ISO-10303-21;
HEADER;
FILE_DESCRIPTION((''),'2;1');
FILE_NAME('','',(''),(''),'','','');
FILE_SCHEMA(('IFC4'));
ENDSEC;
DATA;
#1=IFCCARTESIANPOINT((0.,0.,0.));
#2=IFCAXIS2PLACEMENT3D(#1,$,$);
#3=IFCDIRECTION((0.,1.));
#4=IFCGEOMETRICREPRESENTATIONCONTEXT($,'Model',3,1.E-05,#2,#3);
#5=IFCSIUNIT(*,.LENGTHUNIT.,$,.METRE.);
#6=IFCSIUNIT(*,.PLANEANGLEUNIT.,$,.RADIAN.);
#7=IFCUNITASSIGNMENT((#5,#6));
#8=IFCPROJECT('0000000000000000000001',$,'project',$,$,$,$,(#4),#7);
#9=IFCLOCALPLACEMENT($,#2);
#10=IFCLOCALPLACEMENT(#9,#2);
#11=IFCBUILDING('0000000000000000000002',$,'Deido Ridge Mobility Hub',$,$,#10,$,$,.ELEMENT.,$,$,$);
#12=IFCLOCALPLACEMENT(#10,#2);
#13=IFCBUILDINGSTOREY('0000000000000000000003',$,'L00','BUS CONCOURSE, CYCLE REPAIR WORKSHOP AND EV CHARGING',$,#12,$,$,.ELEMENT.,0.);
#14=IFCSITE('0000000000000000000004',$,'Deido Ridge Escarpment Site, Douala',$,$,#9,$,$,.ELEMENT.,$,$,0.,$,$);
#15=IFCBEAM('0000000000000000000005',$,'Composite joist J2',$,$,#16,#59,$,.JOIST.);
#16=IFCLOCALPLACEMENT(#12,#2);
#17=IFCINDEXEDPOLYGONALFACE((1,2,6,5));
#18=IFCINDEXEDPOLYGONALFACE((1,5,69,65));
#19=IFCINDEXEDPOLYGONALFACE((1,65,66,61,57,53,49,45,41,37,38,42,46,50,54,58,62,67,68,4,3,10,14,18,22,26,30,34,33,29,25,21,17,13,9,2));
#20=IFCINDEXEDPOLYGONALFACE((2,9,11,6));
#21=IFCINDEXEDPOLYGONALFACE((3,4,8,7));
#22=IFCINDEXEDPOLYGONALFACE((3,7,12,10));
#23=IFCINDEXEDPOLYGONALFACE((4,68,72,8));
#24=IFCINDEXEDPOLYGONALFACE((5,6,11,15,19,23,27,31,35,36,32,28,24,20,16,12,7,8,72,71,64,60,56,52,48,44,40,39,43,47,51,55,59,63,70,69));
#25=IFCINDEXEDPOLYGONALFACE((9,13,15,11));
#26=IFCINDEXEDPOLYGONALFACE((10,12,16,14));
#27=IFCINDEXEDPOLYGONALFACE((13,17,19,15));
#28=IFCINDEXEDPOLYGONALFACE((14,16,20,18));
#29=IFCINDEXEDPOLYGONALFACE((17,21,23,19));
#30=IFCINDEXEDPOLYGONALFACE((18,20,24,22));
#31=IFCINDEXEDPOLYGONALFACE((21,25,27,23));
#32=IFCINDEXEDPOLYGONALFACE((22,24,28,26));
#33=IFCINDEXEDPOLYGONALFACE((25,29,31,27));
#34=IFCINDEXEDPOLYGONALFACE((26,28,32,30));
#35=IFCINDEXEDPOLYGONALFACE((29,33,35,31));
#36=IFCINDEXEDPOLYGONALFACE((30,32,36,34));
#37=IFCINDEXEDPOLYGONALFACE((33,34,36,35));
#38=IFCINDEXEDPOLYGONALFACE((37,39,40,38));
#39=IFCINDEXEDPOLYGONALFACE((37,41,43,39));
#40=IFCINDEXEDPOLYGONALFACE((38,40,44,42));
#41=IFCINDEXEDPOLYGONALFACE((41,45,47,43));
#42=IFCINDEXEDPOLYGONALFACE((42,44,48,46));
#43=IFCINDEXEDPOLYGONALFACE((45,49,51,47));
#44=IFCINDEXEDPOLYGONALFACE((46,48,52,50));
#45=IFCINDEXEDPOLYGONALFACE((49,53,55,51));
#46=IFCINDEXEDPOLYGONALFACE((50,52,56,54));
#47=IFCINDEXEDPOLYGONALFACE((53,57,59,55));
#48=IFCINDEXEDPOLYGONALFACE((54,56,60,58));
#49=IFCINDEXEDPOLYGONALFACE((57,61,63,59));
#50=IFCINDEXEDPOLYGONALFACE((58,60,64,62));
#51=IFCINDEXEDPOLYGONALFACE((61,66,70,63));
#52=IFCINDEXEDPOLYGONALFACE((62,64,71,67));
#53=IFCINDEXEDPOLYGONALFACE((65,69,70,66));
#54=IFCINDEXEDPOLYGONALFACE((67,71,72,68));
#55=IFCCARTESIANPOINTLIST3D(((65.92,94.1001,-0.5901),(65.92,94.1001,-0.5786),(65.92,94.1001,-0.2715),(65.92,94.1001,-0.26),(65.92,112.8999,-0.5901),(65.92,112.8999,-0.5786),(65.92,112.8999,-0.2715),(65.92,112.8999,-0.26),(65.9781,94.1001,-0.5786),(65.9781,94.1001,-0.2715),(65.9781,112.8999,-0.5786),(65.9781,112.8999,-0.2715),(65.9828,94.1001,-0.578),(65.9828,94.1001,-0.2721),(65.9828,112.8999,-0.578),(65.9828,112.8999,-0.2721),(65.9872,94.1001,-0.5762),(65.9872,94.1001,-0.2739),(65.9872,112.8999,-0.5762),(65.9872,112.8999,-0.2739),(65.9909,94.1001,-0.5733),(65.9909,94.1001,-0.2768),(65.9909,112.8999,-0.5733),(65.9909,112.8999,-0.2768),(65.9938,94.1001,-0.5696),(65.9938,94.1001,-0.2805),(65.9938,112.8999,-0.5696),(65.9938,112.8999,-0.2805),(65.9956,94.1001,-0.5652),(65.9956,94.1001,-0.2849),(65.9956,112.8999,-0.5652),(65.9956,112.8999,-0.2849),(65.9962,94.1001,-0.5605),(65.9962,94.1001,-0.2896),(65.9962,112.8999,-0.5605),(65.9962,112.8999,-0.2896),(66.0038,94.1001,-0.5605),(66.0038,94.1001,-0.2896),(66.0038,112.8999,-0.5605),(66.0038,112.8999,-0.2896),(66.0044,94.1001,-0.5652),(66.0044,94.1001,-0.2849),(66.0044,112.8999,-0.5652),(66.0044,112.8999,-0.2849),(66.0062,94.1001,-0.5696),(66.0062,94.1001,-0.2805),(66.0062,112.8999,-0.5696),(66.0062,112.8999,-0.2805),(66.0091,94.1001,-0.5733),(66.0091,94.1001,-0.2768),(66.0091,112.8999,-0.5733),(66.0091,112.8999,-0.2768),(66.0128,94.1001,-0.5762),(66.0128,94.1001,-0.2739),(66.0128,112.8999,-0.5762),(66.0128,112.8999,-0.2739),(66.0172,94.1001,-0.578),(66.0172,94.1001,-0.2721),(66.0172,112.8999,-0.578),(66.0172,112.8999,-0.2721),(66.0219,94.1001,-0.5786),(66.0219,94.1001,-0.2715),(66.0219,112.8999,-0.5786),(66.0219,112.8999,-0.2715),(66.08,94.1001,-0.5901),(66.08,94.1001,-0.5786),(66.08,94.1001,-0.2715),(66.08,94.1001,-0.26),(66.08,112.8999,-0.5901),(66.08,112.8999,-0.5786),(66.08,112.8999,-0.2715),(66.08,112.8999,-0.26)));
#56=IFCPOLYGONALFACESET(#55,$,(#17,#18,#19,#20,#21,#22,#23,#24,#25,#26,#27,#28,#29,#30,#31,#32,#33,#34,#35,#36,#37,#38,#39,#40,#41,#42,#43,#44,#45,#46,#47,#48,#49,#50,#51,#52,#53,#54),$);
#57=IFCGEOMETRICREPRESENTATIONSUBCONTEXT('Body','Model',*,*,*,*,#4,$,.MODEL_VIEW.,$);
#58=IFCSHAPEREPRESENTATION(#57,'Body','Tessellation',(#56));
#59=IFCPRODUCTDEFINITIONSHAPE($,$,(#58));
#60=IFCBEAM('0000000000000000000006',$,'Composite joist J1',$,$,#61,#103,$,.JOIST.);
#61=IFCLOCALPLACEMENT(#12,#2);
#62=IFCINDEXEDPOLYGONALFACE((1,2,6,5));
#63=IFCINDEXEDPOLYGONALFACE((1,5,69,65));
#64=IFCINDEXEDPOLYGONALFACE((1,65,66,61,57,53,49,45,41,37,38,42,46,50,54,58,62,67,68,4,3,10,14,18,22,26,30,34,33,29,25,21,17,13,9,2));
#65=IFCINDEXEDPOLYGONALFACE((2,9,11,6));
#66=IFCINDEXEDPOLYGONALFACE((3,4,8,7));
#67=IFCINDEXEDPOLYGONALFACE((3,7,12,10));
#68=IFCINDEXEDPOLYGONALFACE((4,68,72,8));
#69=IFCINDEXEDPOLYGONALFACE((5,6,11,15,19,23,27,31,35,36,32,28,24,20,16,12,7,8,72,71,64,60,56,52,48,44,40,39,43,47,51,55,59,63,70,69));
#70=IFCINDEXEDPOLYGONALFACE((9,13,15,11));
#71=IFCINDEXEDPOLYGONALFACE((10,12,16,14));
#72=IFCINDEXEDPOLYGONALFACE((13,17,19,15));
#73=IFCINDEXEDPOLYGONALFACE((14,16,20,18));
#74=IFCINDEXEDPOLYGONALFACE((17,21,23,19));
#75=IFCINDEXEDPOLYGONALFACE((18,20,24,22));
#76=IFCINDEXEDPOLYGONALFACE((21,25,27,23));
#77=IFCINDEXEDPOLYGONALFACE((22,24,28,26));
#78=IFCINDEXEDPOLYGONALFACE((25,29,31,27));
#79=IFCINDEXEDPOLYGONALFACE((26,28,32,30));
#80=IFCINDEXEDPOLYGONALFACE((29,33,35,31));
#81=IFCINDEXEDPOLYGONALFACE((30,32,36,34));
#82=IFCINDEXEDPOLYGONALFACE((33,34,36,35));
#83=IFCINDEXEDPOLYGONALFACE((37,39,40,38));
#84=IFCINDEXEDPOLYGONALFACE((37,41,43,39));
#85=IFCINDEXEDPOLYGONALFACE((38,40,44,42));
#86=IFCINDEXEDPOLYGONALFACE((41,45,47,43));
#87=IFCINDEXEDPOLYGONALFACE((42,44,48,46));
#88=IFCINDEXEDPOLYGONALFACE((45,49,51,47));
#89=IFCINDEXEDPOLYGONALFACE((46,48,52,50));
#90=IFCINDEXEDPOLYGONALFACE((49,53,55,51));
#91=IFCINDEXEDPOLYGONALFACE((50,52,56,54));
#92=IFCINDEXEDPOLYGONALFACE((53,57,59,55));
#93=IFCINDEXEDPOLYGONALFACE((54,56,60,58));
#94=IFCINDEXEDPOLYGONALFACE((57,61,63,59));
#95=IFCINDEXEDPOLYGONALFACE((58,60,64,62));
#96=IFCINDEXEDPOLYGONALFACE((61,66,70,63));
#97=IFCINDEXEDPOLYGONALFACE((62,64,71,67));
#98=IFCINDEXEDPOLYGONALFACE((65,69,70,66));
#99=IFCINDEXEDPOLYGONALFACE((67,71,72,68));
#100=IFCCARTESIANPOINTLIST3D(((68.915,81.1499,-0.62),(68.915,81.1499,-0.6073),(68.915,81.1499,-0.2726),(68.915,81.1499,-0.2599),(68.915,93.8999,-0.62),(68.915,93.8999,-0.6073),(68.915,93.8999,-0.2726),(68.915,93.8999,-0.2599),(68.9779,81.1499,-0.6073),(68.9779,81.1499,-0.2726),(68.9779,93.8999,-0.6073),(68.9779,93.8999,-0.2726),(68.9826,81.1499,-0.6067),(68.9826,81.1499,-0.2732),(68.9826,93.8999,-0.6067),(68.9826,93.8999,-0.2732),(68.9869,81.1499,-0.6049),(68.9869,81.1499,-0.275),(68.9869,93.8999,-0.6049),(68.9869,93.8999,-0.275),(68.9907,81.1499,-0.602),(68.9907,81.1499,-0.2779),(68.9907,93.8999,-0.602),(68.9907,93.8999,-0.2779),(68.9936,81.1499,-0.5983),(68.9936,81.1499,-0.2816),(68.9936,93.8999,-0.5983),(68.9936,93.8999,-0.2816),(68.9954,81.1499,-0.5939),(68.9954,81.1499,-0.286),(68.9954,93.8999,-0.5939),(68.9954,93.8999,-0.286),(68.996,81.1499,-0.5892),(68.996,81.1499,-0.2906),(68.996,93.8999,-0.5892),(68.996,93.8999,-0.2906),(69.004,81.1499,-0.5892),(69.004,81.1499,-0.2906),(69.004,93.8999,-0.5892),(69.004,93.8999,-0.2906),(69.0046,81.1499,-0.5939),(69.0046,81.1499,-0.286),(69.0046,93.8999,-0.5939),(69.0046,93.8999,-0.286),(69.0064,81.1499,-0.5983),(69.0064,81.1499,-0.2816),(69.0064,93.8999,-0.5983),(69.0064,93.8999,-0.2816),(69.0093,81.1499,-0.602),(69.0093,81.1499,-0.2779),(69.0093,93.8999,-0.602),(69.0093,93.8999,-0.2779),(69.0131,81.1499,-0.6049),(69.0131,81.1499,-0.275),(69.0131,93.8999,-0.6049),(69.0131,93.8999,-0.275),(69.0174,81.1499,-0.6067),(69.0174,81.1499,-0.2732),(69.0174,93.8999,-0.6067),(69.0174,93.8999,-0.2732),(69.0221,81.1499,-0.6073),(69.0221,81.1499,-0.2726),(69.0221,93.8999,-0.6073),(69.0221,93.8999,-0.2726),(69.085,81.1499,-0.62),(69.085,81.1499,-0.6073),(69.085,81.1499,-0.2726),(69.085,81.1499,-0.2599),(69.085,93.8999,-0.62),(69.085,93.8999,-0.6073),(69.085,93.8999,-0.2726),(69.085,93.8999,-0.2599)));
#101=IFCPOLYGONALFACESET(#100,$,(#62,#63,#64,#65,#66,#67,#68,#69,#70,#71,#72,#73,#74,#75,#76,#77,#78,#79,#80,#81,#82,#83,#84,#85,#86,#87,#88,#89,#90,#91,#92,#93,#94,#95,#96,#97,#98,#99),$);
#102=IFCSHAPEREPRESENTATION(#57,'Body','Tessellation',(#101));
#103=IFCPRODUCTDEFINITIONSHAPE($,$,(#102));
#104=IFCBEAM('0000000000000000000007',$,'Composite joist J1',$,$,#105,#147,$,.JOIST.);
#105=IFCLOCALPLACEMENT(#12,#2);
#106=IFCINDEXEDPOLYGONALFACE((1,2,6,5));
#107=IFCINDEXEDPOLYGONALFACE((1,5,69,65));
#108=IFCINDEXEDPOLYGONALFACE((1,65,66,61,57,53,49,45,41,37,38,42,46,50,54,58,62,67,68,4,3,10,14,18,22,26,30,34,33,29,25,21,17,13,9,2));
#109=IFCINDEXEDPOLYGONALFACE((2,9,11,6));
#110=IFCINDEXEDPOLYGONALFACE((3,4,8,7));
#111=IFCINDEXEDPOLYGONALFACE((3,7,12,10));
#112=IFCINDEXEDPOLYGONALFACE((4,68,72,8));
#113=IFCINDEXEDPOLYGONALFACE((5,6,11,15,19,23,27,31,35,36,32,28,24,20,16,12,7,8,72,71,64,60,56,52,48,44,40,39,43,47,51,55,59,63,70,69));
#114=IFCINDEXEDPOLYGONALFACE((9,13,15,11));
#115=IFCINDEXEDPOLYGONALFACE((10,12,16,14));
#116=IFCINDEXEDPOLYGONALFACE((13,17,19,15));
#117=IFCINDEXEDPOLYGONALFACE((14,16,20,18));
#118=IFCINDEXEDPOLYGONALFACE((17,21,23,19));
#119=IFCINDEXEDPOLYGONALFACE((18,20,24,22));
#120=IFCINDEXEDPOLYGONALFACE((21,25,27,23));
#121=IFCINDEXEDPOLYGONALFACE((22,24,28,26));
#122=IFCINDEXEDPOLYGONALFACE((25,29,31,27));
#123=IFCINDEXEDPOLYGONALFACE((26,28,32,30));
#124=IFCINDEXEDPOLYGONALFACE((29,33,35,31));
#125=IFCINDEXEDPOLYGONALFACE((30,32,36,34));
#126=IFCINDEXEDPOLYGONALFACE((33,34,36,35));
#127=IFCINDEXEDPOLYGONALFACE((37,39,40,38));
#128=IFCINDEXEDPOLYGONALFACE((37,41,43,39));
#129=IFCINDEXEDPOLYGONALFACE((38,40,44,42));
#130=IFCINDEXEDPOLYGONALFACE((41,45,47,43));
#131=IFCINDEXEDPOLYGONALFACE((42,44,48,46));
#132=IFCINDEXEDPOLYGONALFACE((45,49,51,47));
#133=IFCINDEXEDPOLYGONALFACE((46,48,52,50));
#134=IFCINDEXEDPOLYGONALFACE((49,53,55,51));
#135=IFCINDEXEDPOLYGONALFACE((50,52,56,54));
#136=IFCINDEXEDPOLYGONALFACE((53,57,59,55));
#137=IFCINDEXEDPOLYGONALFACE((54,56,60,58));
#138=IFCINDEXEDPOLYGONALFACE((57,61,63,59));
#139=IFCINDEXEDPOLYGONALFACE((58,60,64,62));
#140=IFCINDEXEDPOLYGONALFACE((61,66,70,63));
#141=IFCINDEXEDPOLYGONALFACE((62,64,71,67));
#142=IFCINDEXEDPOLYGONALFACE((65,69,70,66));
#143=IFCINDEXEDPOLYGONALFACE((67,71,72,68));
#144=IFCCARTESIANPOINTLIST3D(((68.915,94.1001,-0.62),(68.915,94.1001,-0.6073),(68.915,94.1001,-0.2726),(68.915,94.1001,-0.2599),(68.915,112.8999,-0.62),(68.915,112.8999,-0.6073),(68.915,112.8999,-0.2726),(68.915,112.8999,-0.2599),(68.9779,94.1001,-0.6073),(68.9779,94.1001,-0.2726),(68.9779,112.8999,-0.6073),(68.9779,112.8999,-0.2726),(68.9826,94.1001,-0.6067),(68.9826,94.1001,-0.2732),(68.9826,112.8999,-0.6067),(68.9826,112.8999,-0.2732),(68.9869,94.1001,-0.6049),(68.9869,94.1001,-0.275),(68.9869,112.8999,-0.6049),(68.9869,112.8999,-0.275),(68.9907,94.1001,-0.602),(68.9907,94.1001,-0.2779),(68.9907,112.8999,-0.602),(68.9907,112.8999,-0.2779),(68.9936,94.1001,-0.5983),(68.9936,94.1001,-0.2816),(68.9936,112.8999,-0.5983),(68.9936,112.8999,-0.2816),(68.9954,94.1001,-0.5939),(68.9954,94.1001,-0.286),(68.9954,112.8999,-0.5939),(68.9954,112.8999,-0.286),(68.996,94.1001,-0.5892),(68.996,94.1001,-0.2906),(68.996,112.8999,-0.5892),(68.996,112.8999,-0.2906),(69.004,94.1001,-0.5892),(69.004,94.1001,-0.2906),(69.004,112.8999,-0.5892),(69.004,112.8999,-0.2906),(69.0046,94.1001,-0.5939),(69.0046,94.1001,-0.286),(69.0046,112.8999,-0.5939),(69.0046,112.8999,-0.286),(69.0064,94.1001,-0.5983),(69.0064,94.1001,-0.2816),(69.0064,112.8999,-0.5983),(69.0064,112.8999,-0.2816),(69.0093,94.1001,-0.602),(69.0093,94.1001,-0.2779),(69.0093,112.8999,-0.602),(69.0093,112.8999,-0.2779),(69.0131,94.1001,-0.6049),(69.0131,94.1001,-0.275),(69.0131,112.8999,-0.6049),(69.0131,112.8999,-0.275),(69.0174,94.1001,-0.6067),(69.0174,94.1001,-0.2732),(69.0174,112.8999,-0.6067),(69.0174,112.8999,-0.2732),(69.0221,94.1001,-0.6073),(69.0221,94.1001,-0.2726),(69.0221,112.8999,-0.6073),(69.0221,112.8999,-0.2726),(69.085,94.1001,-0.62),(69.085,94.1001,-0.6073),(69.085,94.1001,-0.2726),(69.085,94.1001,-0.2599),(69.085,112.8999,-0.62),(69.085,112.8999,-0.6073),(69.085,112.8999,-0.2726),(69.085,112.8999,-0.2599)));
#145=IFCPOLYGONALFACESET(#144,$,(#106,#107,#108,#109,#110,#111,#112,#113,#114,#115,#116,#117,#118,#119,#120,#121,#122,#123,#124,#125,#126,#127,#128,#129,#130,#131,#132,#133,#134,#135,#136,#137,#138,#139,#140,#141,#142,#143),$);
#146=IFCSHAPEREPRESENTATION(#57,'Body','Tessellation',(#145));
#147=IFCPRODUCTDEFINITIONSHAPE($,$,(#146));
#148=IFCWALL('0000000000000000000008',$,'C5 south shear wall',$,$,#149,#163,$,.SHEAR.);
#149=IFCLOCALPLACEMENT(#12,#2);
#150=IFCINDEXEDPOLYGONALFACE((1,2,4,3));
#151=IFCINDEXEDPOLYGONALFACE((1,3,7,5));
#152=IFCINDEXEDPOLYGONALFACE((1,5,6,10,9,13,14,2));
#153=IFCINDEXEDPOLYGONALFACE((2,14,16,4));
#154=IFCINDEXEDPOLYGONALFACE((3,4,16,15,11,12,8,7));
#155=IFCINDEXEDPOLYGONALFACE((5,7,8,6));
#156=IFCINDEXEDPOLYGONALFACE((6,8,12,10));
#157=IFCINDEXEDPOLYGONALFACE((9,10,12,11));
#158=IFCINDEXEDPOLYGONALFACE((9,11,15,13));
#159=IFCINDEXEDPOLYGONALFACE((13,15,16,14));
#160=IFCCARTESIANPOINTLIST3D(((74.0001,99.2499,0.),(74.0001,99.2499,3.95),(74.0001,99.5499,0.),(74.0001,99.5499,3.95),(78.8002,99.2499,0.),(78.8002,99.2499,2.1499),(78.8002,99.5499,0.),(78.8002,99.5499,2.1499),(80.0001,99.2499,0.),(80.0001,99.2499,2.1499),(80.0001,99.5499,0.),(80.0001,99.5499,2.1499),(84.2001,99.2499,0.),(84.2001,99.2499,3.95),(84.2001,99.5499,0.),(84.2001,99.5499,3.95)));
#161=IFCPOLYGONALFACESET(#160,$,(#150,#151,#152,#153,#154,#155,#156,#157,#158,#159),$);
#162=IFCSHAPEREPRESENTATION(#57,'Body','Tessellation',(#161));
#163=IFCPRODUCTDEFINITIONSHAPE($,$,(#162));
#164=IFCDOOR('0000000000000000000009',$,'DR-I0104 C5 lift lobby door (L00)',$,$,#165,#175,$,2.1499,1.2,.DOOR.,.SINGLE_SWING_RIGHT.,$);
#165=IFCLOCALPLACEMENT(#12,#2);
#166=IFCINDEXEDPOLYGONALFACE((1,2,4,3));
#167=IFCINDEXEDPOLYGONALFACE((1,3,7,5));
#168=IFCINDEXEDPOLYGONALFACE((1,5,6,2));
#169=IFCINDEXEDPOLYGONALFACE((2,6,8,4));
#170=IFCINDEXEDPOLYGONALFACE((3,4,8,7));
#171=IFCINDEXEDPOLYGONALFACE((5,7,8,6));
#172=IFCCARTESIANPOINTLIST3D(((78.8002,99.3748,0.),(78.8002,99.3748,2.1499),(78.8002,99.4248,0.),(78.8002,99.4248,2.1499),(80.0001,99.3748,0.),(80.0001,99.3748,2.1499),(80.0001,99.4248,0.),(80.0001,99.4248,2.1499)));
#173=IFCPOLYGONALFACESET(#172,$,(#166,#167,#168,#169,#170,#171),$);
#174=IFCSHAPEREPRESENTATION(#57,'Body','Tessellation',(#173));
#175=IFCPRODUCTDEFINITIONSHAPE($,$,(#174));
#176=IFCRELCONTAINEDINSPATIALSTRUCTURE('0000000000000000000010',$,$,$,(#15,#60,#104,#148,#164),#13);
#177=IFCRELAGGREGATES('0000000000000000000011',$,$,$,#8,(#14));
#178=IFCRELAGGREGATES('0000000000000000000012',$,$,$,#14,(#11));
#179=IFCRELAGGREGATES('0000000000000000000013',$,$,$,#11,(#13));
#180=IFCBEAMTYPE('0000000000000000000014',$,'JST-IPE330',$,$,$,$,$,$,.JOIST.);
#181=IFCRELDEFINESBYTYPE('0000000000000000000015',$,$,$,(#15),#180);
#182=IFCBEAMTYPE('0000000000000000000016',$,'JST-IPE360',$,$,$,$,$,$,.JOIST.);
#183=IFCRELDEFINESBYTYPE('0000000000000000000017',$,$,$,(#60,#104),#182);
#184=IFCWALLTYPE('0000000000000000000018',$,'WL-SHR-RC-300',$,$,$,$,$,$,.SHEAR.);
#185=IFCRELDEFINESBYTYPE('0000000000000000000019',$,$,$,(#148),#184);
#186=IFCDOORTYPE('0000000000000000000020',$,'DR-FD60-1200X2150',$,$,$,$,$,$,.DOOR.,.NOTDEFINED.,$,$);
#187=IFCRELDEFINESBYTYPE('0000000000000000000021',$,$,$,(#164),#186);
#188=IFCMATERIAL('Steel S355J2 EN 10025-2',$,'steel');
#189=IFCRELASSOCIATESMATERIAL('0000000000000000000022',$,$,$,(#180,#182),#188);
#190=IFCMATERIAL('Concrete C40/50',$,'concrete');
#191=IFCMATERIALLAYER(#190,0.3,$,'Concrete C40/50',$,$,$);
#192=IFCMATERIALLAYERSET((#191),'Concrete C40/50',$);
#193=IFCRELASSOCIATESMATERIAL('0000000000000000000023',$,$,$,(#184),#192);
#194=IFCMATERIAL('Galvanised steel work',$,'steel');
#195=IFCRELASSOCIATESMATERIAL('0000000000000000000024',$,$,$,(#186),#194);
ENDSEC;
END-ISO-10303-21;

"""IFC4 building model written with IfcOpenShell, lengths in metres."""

from ifc_helpers import new_model, si_unit, direction, frame, frame_2d, origin, origin_2d, place, context, subcontext, project, spatial, rectangle, i_section, extrude, material, layer, layer_set, material_profile, profile_set, type_object, element, fill, save


model = new_model("IFC4")

# Units and contexts
model_context = context("Model", 3, precision=1e-05, world=origin(), true_north=direction((0.0, 1.0)))
body_context = subcontext(model_context, "Body", "Model", "MODEL_VIEW")
ifc_project = project(units=[si_unit("LENGTHUNIT", "METRE"), si_unit("PLANEANGLEUNIT", "RADIAN")], contexts=[model_context])

# Site, building, storey
site_placement = place(None, origin())
site = spatial("IfcSite", under=ifc_project, at=site_placement, Name="Deido Ridge Escarpment Site, Douala", CompositionType="ELEMENT", RefElevation=0.0)
building_placement = place(site_placement, origin())
building = spatial("IfcBuilding", under=site, at=building_placement, Name="Deido Ridge Mobility Hub", CompositionType="ELEMENT")
storey_placement = place(building_placement, origin())
storey = spatial("IfcBuildingStorey", under=building, at=storey_placement, Name="L00", Description="BUS CONCOURSE, CYCLE REPAIR WORKSHOP AND EV CHARGING", CompositionType="ELEMENT", Elevation=0.0)

# Shared definitions
ifc_material_1 = material(Name="Steel S355J2 EN 10025-2", Category="steel")

# Beams
ifc_material_profile_1 = material_profile(ifc_material_1, i_section(OverallWidth=0.1599, OverallDepth=0.3301, WebThickness=0.0076, FlangeThickness=0.0115, FilletRadius=0.0181, at=origin_2d()), Name="IPE 330")
ifc_profile_set_1 = profile_set([ifc_material_profile_1], Name="Steel S355J2 EN 10025-2")
beam_type_1 = type_object("IfcBeamType", Name="JST-IPE330", PredefinedType="JOIST", material=ifc_profile_set_1)
beam_1_placement = place(storey_placement, frame((66.0, 94.1001, -0.425), z_axis=(0.0, 1.0, 0.0), x_axis=(-1.0, 0.0, 0.0)))
element("IfcBeam", 1, at=beam_1_placement, inside=storey, type_object=beam_type_1, Name="Composite joist J2", PredefinedType="JOIST", context=body_context, shape_type="SweptSolid", body=[
    extrude(i_section(OverallWidth=0.1599, OverallDepth=0.3301, WebThickness=0.0076, FlangeThickness=0.0115, FilletRadius=0.0181, at=origin_2d()), origin(), (0.0, 0.0, 1.0), 18.7998),
])
ifc_material_profile_2 = material_profile(ifc_material_1, i_section(OverallWidth=0.1699, OverallDepth=0.3601, WebThickness=0.0081, FlangeThickness=0.0127, FilletRadius=0.0181, at=origin_2d()), Name="IPE 360")
ifc_profile_set_2 = profile_set([ifc_material_profile_2], Name="Steel S355J2 EN 10025-2")
beam_type_2 = type_object("IfcBeamType", Name="JST-IPE360", PredefinedType="JOIST", material=ifc_profile_set_2)
beam_2_placement = place(storey_placement, frame((69.0, 81.1499, -0.4399), z_axis=(0.0, 1.0, 0.0), x_axis=(-1.0, 0.0, 0.0)))
element("IfcBeam", 2, at=beam_2_placement, inside=storey, type_object=beam_type_2, Name="Composite joist J1", PredefinedType="JOIST", context=body_context, shape_type="SweptSolid", body=[
    extrude(i_section(OverallWidth=0.1699, OverallDepth=0.3601, WebThickness=0.0081, FlangeThickness=0.0127, FilletRadius=0.0181, at=origin_2d()), origin(), (0.0, 0.0, 1.0), 12.75),
])
beam_3_placement = place(storey_placement, frame((69.0, 94.1001, -0.4399), z_axis=(0.0, 1.0, 0.0), x_axis=(-1.0, 0.0, 0.0)))
element("IfcBeam", 3, at=beam_3_placement, inside=storey, type_object=beam_type_2, Name="Composite joist J1", PredefinedType="JOIST", context=body_context, shape_type="SweptSolid", body=[
    extrude(i_section(OverallWidth=0.1699, OverallDepth=0.3601, WebThickness=0.0081, FlangeThickness=0.0127, FilletRadius=0.0181, at=origin_2d()), origin(), (0.0, 0.0, 1.0), 18.7998),
])

# Wall, opening, door
ifc_material_2 = material(Name="Concrete C40/50", Category="concrete")
ifc_layer = layer(ifc_material_2, 0.3, Name="Concrete C40/50")
ifc_layer_set = layer_set([ifc_layer], Name="Concrete C40/50")
wall_type = type_object("IfcWallType", Name="WL-SHR-RC-300", PredefinedType="SHEAR", material=ifc_layer_set)
wall_placement = place(storey_placement, frame((74.0, 99.3999, 0.0), z_axis=(0.0, 0.0, 1.0), x_axis=(1.0, 0.0, 0.0)))
wall = element("IfcWall", 4, at=wall_placement, inside=storey, type_object=wall_type, Name="C5 south shear wall", PredefinedType="SHEAR", context=body_context, shape_type="SweptSolid", body=[
    extrude(rectangle(XDim=10.2, YDim=0.3, at=frame_2d((5.1001, 0.0))), origin(), (0.0, 0.0, 1.0), 3.95),
])
opening_placement = place(wall_placement, frame((4.8, 0.0, 0.0)))
opening = element("IfcOpeningElement", 5, at=opening_placement, cuts=wall, PredefinedType="OPENING", context=body_context, shape_type="SweptSolid", body=[
    extrude(rectangle(XDim=1.2, YDim=2.1499, at=frame_2d((0.6001, 1.075))), frame((0.0, 0.1602, 0.0), z_axis=(0.0, -1.0, 0.0), x_axis=(1.0, 0.0, 0.0)), (0.0, 0.0, 1.0), 0.3201),
])
ifc_material_3 = material(Name="Galvanised steel work", Category="steel")
door_type = type_object("IfcDoorType", Name="DR-FD60-1200X2150", OperationType="NOTDEFINED", PredefinedType="DOOR", material=ifc_material_3)
door_placement = place(opening_placement, origin())
door = element("IfcDoor", 6, at=door_placement, inside=storey, type_object=door_type, Name="DR-I0104 C5 lift lobby door (L00)", OperationType="SINGLE_SWING_RIGHT", OverallHeight=2.1499, OverallWidth=1.2, PredefinedType="DOOR", context=body_context, shape_type="SweptSolid", body=[
    extrude(rectangle(XDim=1.2, YDim=2.1499, at=frame_2d((0.6001, 1.075))), frame((0.0, 0.0249, 0.0), z_axis=(0.0, -1.0, 0.0), x_axis=(1.0, 0.0, 0.0)), (0.0, 0.0, 1.0), 0.05),
])
fill(opening, door)

save(model, "model.ifc")
